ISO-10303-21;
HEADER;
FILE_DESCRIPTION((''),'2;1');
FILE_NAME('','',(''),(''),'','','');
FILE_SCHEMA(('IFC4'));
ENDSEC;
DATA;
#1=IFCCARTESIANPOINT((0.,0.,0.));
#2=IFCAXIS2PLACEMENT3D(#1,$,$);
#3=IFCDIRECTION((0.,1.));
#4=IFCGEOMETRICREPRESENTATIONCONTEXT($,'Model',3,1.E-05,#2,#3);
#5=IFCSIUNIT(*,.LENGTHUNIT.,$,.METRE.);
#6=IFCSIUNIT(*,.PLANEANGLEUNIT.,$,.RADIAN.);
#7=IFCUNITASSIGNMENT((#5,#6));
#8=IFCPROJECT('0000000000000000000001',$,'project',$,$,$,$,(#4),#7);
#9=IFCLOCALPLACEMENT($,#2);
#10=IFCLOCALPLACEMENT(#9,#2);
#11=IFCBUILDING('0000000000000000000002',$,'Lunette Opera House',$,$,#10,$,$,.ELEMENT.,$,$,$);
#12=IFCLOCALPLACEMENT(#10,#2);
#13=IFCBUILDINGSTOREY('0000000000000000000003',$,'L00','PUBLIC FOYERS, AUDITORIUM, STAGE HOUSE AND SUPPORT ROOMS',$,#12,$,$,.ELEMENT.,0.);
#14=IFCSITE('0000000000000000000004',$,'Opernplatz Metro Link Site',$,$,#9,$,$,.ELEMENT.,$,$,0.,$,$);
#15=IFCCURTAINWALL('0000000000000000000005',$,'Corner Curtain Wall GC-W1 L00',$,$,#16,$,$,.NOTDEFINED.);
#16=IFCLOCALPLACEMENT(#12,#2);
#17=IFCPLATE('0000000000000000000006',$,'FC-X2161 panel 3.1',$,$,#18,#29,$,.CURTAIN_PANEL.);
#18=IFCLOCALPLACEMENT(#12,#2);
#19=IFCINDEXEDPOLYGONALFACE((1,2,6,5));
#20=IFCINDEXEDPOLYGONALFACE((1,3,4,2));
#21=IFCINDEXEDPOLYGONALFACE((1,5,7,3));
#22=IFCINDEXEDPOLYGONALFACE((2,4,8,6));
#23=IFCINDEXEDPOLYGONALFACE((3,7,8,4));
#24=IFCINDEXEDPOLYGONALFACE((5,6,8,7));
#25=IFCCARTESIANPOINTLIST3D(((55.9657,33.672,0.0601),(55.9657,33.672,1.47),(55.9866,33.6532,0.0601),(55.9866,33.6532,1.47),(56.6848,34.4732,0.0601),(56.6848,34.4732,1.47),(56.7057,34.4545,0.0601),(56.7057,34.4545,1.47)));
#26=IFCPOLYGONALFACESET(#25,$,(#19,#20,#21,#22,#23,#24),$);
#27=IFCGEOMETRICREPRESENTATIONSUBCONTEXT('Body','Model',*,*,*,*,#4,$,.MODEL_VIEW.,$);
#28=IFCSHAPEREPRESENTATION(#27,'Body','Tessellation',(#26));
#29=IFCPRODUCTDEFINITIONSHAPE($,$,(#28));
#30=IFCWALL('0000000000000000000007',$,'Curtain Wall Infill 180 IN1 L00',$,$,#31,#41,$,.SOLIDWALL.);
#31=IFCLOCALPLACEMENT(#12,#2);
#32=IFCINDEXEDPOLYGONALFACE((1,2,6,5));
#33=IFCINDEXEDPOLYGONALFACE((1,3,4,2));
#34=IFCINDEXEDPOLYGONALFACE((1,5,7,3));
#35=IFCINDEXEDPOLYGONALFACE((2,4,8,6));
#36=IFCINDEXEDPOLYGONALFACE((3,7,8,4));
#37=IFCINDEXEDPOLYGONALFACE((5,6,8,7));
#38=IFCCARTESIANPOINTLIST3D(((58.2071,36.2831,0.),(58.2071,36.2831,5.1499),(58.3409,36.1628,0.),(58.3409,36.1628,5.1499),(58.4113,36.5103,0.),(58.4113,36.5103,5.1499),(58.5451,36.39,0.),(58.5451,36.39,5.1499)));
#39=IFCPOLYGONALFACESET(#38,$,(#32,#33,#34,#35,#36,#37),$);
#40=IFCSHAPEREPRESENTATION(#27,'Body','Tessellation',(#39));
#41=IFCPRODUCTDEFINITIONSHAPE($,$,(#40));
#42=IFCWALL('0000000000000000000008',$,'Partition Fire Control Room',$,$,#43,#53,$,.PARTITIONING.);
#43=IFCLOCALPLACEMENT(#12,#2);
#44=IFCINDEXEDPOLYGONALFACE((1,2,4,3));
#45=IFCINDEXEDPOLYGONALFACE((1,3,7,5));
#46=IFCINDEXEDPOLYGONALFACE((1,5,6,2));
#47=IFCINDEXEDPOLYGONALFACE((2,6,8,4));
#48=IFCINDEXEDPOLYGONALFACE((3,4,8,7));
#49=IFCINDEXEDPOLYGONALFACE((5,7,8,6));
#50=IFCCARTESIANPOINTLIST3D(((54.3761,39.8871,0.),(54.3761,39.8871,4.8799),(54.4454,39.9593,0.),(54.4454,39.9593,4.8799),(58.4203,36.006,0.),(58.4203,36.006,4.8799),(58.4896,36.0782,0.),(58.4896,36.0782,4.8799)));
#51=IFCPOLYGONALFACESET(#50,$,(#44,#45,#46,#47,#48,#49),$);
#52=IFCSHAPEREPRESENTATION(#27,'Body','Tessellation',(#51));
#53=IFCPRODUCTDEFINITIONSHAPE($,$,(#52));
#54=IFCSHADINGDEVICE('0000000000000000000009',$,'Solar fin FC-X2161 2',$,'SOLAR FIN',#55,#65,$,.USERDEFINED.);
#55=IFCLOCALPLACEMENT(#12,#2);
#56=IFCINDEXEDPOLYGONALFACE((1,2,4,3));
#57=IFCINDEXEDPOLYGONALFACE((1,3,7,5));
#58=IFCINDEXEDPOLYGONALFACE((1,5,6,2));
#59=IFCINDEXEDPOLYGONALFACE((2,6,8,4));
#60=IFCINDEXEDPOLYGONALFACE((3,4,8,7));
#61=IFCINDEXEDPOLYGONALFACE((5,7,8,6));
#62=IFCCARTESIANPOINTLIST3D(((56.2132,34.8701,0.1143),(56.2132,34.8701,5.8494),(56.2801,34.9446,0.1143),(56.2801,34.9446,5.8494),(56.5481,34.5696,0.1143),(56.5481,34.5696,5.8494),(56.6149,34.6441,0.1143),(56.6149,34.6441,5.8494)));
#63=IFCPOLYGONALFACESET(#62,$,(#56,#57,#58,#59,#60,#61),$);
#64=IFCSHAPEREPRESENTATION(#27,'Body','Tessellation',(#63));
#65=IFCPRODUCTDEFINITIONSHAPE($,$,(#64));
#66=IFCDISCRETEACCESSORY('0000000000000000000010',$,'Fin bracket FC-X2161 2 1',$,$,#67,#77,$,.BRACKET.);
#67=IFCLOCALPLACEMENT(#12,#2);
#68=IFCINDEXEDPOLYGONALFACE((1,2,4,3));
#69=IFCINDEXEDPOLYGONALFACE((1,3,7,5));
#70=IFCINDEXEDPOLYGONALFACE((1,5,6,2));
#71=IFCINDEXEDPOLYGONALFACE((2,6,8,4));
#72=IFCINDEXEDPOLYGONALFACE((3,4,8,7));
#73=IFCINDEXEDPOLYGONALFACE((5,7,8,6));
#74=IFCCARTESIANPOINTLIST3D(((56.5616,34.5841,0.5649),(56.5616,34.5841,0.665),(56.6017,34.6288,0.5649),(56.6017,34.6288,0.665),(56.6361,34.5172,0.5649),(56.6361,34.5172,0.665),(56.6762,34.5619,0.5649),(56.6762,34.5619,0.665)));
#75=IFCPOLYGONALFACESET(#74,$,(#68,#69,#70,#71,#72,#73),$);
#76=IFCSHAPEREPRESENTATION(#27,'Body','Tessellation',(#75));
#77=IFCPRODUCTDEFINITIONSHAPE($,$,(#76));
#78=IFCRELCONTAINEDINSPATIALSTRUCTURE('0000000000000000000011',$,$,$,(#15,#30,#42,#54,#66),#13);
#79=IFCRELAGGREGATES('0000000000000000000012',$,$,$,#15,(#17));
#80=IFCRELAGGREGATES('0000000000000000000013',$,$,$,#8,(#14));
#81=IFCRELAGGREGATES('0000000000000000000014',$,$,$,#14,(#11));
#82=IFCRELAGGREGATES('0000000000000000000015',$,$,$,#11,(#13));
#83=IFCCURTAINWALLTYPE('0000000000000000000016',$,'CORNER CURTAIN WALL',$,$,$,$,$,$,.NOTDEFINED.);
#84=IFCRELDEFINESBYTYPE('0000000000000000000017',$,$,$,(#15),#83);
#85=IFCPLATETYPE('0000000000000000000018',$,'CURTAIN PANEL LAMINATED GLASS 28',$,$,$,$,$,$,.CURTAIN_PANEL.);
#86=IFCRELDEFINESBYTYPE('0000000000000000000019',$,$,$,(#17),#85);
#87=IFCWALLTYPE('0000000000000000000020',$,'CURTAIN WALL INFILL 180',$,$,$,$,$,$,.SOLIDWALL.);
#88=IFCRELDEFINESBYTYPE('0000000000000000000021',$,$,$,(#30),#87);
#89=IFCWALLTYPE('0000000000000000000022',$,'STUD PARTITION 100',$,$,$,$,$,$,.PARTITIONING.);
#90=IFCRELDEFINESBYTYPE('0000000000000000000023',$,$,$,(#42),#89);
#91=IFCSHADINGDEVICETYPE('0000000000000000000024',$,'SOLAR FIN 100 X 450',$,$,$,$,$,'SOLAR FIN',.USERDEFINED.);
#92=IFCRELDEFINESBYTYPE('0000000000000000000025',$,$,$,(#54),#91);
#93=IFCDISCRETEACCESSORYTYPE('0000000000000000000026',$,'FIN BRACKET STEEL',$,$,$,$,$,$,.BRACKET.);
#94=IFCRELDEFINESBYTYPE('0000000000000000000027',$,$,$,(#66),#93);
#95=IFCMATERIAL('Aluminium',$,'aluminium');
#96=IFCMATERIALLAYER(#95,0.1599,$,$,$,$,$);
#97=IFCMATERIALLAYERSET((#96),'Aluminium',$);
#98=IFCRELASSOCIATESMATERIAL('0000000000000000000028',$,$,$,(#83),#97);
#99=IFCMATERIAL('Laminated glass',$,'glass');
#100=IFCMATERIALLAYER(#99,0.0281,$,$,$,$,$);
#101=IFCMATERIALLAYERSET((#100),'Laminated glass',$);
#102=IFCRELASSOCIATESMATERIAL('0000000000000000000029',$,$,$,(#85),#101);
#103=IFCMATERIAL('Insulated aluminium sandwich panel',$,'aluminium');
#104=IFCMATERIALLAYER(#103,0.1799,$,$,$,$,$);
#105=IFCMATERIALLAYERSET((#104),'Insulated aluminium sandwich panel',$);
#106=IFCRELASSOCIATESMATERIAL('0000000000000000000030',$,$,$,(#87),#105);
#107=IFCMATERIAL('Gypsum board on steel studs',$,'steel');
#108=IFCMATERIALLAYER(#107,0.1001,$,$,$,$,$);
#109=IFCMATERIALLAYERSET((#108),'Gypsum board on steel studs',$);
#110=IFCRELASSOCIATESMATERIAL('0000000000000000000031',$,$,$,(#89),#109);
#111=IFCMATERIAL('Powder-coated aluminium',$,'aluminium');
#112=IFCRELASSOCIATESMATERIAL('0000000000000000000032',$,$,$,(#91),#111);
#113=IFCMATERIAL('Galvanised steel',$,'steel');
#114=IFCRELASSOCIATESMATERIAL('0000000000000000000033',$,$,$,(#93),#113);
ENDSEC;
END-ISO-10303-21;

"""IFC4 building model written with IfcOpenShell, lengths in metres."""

from ifc_helpers import new_model, si_unit, direction, frame, frame_2d, origin, origin_2d, place, context, subcontext, project, spatial, rectangle, extrude, material, layer, layer_set, type_object, element, aggregate, save


model = new_model("IFC4")

# Units and contexts
model_context = context("Model", 3, precision=1e-05, world=origin(), true_north=direction((0.0, 1.0)))
body_context = subcontext(model_context, "Body", "Model", "MODEL_VIEW")
ifc_project = project(units=[si_unit("LENGTHUNIT", "METRE"), si_unit("PLANEANGLEUNIT", "RADIAN")], contexts=[model_context])

# Site, building, storey
site_placement = place(None, origin())
site = spatial("IfcSite", under=ifc_project, at=site_placement, Name="Opernplatz Metro Link Site", CompositionType="ELEMENT", RefElevation=0.0)
building_placement = place(site_placement, origin())
building = spatial("IfcBuilding", under=site, at=building_placement, Name="Lunette Opera House", CompositionType="ELEMENT")
storey_placement = place(building_placement, origin())
storey = spatial("IfcBuildingStorey", under=building, at=storey_placement, Name="L00", Description="PUBLIC FOYERS, AUDITORIUM, STAGE HOUSE AND SUPPORT ROOMS", CompositionType="ELEMENT", Elevation=0.0)

# Curtain wall
ifc_material_1 = material(Name="Aluminium", Category="aluminium")
ifc_layer_1 = layer(ifc_material_1, 0.1599)
ifc_layer_set_1 = layer_set([ifc_layer_1], Name="Aluminium")
curtain_wall_type_1 = type_object("IfcCurtainWallType", Name="CORNER CURTAIN WALL", PredefinedType="NOTDEFINED", material=ifc_layer_set_1)
curtain_wall_1_placement = place(storey_placement, origin())
curtain_wall_1 = element("IfcCurtainWall", 1, at=curtain_wall_1_placement, inside=storey, type_object=curtain_wall_type_1, Name="Corner Curtain Wall GC-W1 L00", PredefinedType="NOTDEFINED")

# Plate
ifc_material_2 = material(Name="Laminated glass", Category="glass")
ifc_layer_2 = layer(ifc_material_2, 0.0281)
ifc_layer_set_2 = layer_set([ifc_layer_2], Name="Laminated glass")
plate_type = type_object("IfcPlateType", Name="CURTAIN PANEL LAMINATED GLASS 28", PredefinedType="CURTAIN_PANEL", material=ifc_layer_set_2)
plate_1_placement = place(storey_placement, frame((56.3357, 34.0632, 0.0601), z_axis=(0.0, 0.0, 1.0), x_axis=(-0.667938, -0.744217, 0.0)))
plate_1 = element("IfcPlate", 2, at=plate_1_placement, type_object=plate_type, Name="FC-X2161 panel 3.1", PredefinedType="CURTAIN_PANEL", context=body_context, shape_type="SweptSolid", body=[
    extrude(rectangle(XDim=1.0767, YDim=0.0281, at=origin_2d()), origin(), (0.0, 0.0, 1.0), 1.4099),
])
aggregate(curtain_wall_1, [plate_1])

# Walls
ifc_material_3 = material(Name="Insulated aluminium sandwich panel", Category="aluminium")
ifc_layer_3 = layer(ifc_material_3, 0.1799)
ifc_layer_set_3 = layer_set([ifc_layer_3], Name="Insulated aluminium sandwich panel")
wall_type_1 = type_object("IfcWallType", Name="CURTAIN WALL INFILL 180", PredefinedType="SOLIDWALL", material=ifc_layer_set_3)
wall_1_placement = place(storey_placement, frame((58.2739, 36.2229, 0.0), z_axis=(0.0, 0.0, 1.0), x_axis=(0.668523, 0.743692, 0.0)))
element("IfcWall", 3, at=wall_1_placement, inside=storey, type_object=wall_type_1, Name="Curtain Wall Infill 180 IN1 L00", PredefinedType="SOLIDWALL", context=body_context, shape_type="SweptSolid", body=[
    extrude(rectangle(XDim=0.3054, YDim=0.1799, at=frame_2d((0.1528, 0.0))), origin(), (0.0, 0.0, 1.0), 5.1499),
])
ifc_material_4 = material(Name="Gypsum board on steel studs", Category="steel")
ifc_layer_4 = layer(ifc_material_4, 0.1001)
ifc_layer_set_4 = layer_set([ifc_layer_4], Name="Gypsum board on steel studs")
wall_type_2 = type_object("IfcWallType", Name="STUD PARTITION 100", PredefinedType="PARTITIONING", material=ifc_layer_set_4)
wall_2_placement = place(storey_placement, frame((58.4551, 36.042, 0.0), z_axis=(0.0, 0.0, 1.0), x_axis=(-0.721505, 0.692409, 0.0)))
element("IfcWall", 4, at=wall_2_placement, inside=storey, type_object=wall_type_2, Name="Partition Fire Control Room", PredefinedType="PARTITIONING", context=body_context, shape_type="SweptSolid", body=[
    extrude(rectangle(XDim=5.6052, YDim=0.1001, at=frame_2d((2.8027, 0.0))), origin(), (0.0, 0.0, 1.0), 4.8799),
])

# Shading device
ifc_material_5 = material(Name="Powder-coated aluminium", Category="aluminium")
shading_device_type = type_object("IfcShadingDeviceType", Name="SOLAR FIN 100 X 450", ElementType="SOLAR FIN", PredefinedType="USERDEFINED", material=ifc_material_5)
shading_device_placement = place(storey_placement, frame((56.4141, 34.7571, 0.1143), z_axis=(0.0, 0.0, 1.0), x_axis=(-0.744217, 0.667938, 0.0)))
element("IfcShadingDevice", 5, at=shading_device_placement, inside=storey, type_object=shading_device_type, Name="Solar fin FC-X2161 2", ObjectType="SOLAR FIN", PredefinedType="USERDEFINED", context=body_context, shape_type="SweptSolid", body=[
    extrude(rectangle(XDim=0.45, YDim=0.1001, at=origin_2d()), origin(), (0.0, 0.0, 1.0), 5.7351),
])

# Discrete accessory
ifc_material_6 = material(Name="Galvanised steel", Category="steel")
discrete_accessory_type = type_object("IfcDiscreteAccessoryType", Name="FIN BRACKET STEEL", PredefinedType="BRACKET", material=ifc_material_6)
discrete_accessory_placement = place(storey_placement, frame((56.6189, 34.573, 0.5649), z_axis=(0.0, 0.0, 1.0), x_axis=(-0.744217, 0.667938, 0.0)))
element("IfcDiscreteAccessory", 6, at=discrete_accessory_placement, inside=storey, type_object=discrete_accessory_type, Name="Fin bracket FC-X2161 2 1", PredefinedType="BRACKET", context=body_context, shape_type="SweptSolid", body=[
    extrude(rectangle(XDim=0.1001, YDim=0.0601, at=origin_2d()), origin(), (0.0, 0.0, 1.0), 0.1001),
])

save(model, "model.ifc")
